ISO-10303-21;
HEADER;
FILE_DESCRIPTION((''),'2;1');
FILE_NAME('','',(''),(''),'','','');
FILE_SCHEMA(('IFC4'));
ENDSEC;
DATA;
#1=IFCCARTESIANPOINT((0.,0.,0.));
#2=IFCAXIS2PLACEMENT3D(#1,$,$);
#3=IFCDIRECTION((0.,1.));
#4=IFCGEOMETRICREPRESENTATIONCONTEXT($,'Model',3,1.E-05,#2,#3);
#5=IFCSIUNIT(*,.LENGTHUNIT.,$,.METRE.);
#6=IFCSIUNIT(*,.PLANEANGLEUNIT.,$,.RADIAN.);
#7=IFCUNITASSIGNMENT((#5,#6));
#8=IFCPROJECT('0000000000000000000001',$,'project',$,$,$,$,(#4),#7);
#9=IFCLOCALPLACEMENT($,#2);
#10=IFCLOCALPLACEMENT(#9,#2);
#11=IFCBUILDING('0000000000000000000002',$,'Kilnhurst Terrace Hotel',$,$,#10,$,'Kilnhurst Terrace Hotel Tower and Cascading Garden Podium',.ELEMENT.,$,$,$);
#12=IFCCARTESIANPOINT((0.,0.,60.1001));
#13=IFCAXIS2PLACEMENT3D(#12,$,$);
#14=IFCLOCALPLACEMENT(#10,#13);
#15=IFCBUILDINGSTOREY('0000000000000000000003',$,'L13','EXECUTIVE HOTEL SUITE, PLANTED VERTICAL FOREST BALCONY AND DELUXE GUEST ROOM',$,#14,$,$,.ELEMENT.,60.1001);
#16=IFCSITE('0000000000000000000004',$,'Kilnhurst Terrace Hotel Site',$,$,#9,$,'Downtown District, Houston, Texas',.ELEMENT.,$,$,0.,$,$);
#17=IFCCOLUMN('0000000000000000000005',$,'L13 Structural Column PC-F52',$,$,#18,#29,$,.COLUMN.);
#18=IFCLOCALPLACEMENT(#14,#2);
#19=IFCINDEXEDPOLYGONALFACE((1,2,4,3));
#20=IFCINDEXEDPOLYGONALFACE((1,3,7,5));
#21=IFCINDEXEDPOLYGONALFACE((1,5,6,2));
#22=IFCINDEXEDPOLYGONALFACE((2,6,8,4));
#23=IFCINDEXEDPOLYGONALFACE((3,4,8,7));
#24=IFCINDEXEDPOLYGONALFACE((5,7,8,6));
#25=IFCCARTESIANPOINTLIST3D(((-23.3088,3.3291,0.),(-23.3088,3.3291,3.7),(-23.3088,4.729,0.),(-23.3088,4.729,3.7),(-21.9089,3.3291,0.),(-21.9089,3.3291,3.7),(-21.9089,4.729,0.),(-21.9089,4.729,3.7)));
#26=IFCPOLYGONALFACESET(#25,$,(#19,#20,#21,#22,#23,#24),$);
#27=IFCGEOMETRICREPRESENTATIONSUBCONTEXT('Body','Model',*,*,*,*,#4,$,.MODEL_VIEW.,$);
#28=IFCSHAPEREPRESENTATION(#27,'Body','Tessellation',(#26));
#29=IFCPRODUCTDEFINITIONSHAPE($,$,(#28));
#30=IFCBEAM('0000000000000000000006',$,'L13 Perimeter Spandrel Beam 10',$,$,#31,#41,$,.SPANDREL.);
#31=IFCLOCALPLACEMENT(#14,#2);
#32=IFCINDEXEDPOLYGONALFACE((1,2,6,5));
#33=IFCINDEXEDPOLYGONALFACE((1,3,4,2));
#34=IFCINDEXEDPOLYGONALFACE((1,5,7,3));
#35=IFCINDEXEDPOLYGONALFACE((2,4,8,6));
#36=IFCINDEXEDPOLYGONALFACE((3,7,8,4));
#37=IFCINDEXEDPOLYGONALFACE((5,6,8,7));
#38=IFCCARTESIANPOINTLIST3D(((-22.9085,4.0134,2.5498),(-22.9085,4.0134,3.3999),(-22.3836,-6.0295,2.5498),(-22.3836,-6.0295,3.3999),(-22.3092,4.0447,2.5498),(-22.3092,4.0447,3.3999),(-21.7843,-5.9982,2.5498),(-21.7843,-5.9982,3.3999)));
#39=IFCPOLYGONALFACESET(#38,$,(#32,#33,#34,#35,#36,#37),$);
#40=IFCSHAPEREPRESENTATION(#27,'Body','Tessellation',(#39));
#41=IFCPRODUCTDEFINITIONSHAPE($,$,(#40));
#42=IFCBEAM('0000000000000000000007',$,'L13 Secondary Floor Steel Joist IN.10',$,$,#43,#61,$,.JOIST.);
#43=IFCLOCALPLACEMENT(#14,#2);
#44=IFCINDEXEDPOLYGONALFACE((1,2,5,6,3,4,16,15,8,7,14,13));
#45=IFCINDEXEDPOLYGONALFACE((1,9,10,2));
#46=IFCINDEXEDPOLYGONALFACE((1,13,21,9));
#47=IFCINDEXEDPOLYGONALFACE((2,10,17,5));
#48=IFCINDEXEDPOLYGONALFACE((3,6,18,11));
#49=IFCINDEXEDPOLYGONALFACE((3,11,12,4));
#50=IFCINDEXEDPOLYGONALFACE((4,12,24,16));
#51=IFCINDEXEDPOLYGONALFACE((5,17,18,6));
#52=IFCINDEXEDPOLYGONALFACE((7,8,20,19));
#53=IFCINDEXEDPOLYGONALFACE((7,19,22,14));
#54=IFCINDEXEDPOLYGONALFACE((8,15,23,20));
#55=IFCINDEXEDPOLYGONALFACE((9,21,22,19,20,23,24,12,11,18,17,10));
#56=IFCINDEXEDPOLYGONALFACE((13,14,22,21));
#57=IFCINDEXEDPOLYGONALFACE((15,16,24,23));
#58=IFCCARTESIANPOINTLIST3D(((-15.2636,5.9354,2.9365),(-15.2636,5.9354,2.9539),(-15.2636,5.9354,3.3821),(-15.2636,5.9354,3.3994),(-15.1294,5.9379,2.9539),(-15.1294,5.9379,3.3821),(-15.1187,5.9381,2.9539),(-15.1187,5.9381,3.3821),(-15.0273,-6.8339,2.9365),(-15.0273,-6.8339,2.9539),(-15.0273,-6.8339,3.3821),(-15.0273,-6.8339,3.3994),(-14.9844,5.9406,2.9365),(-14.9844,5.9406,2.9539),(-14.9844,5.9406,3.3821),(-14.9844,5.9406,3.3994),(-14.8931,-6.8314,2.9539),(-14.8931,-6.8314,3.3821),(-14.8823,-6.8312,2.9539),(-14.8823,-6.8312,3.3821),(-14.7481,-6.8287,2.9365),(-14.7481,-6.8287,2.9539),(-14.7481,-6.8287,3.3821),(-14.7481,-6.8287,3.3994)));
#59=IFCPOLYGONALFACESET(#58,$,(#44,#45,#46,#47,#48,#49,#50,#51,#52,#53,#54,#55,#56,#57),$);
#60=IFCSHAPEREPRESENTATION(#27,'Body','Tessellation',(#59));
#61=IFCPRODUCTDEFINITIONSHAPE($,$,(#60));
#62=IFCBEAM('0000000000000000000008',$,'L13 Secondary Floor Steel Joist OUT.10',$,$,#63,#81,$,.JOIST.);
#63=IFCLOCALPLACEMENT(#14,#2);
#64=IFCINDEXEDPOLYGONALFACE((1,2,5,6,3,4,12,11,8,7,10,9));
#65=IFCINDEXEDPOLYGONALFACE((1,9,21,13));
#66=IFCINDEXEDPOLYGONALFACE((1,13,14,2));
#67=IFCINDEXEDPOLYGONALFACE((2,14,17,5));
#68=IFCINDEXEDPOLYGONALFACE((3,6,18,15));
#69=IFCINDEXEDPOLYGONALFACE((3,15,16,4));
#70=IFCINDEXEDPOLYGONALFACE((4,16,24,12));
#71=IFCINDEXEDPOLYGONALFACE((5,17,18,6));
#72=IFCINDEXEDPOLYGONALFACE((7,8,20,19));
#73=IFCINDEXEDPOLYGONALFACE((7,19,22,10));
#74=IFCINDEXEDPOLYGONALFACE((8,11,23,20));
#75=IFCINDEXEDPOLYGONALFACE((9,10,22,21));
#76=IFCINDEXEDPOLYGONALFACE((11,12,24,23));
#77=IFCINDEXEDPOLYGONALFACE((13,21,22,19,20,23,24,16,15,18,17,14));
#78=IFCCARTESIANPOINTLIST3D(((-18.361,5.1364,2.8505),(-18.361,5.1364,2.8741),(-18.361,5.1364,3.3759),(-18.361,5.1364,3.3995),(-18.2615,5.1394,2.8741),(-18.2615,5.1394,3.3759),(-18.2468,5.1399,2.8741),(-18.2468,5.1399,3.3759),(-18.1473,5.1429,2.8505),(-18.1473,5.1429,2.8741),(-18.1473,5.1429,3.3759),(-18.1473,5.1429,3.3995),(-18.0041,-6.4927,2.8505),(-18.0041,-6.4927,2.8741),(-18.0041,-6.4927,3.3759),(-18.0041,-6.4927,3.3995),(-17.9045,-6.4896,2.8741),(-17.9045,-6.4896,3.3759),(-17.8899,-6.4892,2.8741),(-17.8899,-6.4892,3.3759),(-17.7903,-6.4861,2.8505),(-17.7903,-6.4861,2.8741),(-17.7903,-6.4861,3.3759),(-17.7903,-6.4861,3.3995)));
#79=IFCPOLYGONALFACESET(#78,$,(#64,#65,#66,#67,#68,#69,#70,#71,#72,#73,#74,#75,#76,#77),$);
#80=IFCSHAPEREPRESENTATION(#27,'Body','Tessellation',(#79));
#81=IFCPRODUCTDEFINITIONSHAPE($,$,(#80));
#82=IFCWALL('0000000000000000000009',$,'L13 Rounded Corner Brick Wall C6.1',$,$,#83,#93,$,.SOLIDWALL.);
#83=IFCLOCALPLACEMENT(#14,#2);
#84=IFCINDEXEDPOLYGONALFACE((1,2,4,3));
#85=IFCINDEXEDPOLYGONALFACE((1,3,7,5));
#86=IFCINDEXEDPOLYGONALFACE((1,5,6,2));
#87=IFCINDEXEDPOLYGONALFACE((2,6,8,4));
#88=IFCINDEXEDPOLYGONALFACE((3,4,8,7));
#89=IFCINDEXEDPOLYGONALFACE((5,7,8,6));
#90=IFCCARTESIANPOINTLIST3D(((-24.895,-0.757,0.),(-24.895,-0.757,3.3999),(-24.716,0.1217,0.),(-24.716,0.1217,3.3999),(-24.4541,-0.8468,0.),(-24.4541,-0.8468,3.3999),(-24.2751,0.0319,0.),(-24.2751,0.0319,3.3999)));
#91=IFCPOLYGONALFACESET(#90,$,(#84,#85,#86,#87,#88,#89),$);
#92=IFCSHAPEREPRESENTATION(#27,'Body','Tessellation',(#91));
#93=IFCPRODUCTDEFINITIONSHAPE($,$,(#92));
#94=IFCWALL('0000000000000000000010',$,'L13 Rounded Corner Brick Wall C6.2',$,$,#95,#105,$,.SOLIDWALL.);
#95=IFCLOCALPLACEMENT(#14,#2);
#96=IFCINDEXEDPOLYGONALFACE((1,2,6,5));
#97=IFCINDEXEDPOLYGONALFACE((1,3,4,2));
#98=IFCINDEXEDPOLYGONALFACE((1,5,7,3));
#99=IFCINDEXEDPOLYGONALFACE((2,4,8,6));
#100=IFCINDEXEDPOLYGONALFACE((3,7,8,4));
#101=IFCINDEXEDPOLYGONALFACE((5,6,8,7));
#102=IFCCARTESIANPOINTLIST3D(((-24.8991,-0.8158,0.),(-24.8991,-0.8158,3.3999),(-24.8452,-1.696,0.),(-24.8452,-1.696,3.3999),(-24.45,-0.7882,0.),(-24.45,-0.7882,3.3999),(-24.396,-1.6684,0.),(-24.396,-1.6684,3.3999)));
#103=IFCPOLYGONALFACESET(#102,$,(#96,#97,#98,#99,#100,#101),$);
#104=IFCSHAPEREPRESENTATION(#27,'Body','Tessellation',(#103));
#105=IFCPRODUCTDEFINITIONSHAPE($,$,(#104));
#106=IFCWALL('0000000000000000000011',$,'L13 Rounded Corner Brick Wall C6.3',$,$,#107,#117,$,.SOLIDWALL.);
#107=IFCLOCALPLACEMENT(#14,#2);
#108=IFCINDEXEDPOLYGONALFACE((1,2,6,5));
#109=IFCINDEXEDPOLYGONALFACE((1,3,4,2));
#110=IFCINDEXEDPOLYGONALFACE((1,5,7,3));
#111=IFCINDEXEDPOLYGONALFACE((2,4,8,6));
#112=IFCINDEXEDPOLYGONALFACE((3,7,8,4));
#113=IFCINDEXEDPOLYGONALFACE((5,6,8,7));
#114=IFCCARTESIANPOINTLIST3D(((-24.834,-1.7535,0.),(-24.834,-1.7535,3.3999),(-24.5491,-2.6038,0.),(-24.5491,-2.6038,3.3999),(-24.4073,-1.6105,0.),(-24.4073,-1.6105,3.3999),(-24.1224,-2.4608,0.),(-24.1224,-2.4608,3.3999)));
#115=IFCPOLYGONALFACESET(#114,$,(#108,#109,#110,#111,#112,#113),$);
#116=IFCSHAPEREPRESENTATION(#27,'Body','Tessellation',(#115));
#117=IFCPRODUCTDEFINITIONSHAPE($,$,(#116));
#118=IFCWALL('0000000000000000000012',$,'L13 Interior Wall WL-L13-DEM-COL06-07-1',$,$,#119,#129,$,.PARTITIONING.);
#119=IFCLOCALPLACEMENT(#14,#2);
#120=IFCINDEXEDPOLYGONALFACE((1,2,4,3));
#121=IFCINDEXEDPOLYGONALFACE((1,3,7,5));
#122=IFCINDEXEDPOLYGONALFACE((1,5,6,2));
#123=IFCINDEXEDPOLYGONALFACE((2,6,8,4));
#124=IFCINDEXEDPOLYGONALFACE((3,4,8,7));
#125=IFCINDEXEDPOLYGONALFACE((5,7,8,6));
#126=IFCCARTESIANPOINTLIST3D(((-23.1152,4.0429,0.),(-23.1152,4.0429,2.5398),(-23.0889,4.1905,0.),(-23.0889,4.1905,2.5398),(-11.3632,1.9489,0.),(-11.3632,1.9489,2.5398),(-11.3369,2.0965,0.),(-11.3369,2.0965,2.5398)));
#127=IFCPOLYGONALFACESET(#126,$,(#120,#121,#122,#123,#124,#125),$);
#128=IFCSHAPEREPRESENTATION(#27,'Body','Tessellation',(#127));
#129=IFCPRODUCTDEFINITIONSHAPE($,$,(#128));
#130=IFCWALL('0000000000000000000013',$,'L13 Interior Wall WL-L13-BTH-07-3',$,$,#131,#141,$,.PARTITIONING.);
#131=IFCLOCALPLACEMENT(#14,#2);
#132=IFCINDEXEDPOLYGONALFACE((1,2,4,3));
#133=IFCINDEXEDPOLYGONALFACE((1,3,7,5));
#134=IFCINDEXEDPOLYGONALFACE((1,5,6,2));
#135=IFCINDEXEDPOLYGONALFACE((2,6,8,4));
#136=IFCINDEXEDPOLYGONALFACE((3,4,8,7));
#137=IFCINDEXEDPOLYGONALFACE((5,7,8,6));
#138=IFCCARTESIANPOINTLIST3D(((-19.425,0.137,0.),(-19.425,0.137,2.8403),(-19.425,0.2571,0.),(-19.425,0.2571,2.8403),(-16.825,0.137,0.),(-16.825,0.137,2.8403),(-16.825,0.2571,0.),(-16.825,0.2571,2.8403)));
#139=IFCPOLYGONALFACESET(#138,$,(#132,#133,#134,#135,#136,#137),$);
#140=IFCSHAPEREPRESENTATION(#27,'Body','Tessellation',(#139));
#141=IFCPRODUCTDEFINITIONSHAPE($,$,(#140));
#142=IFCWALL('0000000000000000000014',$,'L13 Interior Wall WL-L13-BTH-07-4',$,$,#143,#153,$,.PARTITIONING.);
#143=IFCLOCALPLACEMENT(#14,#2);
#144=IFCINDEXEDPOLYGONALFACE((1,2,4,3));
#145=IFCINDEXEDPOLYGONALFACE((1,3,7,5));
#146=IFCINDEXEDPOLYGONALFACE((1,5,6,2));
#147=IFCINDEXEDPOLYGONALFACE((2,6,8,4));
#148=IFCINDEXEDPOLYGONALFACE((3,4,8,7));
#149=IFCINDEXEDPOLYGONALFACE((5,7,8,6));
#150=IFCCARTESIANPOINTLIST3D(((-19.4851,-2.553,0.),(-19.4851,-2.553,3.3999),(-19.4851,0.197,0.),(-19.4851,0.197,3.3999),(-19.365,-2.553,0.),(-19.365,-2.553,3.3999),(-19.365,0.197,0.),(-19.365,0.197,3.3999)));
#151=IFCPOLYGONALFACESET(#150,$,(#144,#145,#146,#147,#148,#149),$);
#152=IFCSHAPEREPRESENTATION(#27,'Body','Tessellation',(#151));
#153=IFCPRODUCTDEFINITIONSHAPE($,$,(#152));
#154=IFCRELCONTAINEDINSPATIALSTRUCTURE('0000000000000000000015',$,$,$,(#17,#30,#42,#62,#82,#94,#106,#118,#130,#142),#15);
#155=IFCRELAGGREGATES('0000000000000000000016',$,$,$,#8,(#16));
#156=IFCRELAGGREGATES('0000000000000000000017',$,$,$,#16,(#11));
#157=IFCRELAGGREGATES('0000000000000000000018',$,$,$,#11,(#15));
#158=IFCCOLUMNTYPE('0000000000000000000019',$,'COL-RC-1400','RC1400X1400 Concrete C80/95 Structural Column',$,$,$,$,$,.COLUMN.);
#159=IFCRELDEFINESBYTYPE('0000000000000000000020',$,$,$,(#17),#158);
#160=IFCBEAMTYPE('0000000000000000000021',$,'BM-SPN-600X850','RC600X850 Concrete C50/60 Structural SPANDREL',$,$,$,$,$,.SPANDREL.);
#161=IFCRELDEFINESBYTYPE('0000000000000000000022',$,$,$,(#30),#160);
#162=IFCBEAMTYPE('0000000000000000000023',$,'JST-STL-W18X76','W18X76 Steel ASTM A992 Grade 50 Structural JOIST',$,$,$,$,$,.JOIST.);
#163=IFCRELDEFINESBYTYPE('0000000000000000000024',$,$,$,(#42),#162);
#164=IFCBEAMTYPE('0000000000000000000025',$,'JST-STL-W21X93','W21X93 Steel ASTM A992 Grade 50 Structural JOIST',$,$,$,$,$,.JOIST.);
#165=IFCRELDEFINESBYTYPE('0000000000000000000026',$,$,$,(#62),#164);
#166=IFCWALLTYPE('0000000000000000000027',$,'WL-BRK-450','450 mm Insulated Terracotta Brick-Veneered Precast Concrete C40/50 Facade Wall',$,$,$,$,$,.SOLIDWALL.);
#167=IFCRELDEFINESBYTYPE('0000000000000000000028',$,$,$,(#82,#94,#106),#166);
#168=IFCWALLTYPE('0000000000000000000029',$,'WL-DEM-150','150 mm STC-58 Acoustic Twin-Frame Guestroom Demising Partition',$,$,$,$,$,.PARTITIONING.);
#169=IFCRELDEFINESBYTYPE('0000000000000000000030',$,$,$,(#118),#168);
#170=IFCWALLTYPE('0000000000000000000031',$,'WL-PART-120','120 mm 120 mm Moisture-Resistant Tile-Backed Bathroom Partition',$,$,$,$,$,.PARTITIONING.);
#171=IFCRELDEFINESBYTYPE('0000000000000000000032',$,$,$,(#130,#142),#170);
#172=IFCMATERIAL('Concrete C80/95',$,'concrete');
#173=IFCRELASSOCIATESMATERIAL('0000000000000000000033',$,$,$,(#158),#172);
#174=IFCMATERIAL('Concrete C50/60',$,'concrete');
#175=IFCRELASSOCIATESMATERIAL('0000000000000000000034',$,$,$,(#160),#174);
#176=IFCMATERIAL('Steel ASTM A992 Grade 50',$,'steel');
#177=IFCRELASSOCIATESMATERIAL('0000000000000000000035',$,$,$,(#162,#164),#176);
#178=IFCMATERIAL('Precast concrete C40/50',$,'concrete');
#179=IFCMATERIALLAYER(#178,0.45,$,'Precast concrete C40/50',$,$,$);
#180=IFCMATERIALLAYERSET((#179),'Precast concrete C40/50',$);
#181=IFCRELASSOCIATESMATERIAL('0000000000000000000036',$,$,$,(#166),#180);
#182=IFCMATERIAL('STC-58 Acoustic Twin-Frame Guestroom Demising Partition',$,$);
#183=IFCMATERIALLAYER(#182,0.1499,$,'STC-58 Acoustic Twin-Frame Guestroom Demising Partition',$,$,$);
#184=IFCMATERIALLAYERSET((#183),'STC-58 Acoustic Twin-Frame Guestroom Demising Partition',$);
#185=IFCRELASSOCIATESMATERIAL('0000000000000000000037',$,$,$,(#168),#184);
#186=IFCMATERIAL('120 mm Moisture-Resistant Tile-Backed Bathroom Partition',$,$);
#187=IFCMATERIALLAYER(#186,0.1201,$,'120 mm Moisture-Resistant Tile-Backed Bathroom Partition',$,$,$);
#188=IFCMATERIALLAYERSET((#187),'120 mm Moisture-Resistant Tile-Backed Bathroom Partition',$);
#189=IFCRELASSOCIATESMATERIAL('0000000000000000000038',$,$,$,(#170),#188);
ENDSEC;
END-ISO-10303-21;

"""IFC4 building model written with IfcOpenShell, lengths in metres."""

from ifc_helpers import new_model, si_unit, direction, frame, frame_2d, origin, origin_2d, place, context, subcontext, project, spatial, rectangle, i_section, extrude, material, layer, layer_set, material_profile, profile_set, type_object, element, save


model = new_model("IFC4")

# Units and contexts
model_context = context("Model", 3, precision=1e-05, world=origin(), true_north=direction((0.0, 1.0)))
body_context = subcontext(model_context, "Body", "Model", "MODEL_VIEW")
ifc_project = project(units=[si_unit("LENGTHUNIT", "METRE"), si_unit("PLANEANGLEUNIT", "RADIAN")], contexts=[model_context])

# Site, building, storey
site_placement = place(None, origin())
site = spatial("IfcSite", under=ifc_project, at=site_placement, Name="Kilnhurst Terrace Hotel Site", LongName="Downtown District, Houston, Texas", CompositionType="ELEMENT", RefElevation=0.0)
building_placement = place(site_placement, origin())
building = spatial("IfcBuilding", under=site, at=building_placement, Name="Kilnhurst Terrace Hotel", LongName="Kilnhurst Terrace Hotel Tower and Cascading Garden Podium", CompositionType="ELEMENT")
storey_placement = place(building_placement, frame((0.0, 0.0, 60.1001)))
storey = spatial("IfcBuildingStorey", under=building, at=storey_placement, Name="L13", Description="EXECUTIVE HOTEL SUITE, PLANTED VERTICAL FOREST BALCONY AND DELUXE GUEST ROOM", CompositionType="ELEMENT", Elevation=60.1001)

# Column
ifc_material_1 = material(Name="Concrete C80/95", Category="concrete")
ifc_material_profile_1 = material_profile(ifc_material_1, rectangle(XDim=1.3999, YDim=1.3999, at=origin_2d()), Name="RC1400X1400")
ifc_profile_set_1 = profile_set([ifc_material_profile_1], Name="Concrete C80/95")
column_type = type_object("IfcColumnType", Name="COL-RC-1400", Description="RC1400X1400 Concrete C80/95 Structural Column", PredefinedType="COLUMN", material=ifc_profile_set_1)
column_placement = place(storey_placement, frame((-22.6089, 4.0291, 0.0), z_axis=(0.0, 0.0, 1.0), x_axis=(1.0, 0.0, 0.0)))
element("IfcColumn", 1, at=column_placement, inside=storey, type_object=column_type, Name="L13 Structural Column PC-F52", PredefinedType="COLUMN", context=body_context, shape_type="SweptSolid", body=[
    extrude(rectangle(XDim=1.3999, YDim=1.3999, at=origin_2d()), origin(), (0.0, 0.0, 1.0), 3.7),
])

# Beams
ifc_material_2 = material(Name="Concrete C50/60", Category="concrete")
ifc_material_profile_2 = material_profile(ifc_material_2, rectangle(XDim=0.6001, YDim=0.8501, at=origin_2d()), Name="RC600X850")
ifc_profile_set_2 = profile_set([ifc_material_profile_2], Name="Concrete C50/60")
beam_type_1 = type_object("IfcBeamType", Name="BM-SPN-600X850", Description="RC600X850 Concrete C50/60 Structural SPANDREL", PredefinedType="SPANDREL", material=ifc_profile_set_2)
beam_1_placement = place(storey_placement, frame((-22.6089, 4.0291, 2.9749), z_axis=(0.052194, -0.998637, 0.0), x_axis=(0.998637, 0.052194, 0.0)))
element("IfcBeam", 2, at=beam_1_placement, inside=storey, type_object=beam_type_1, Name="L13 Perimeter Spandrel Beam 10", PredefinedType="SPANDREL", context=body_context, shape_type="SweptSolid", body=[
    extrude(rectangle(XDim=0.6001, YDim=0.8501, at=origin_2d()), origin(), (0.0, 0.0, 1.0), 10.0566),
])
ifc_material_3 = material(Name="Steel ASTM A992 Grade 50", Category="steel")
ifc_material_profile_3 = material_profile(ifc_material_3, i_section(OverallWidth=0.2793, OverallDepth=0.4629, WebThickness=0.0107, FlangeThickness=0.0173, at=origin_2d()), Name="W18X76")
ifc_profile_set_3 = profile_set([ifc_material_profile_3], Name="Steel ASTM A992 Grade 50")
beam_type_2 = type_object("IfcBeamType", Name="JST-STL-W18X76", Description="W18X76 Steel ASTM A992 Grade 50 Structural JOIST", PredefinedType="JOIST", material=ifc_profile_set_3)
beam_2_placement = place(storey_placement, frame((-15.124, 5.938, 3.168), z_axis=(0.018504, -0.999829, 0.0), x_axis=(0.999829, 0.018504, 0.0)))
element("IfcBeam", 3, at=beam_2_placement, inside=storey, type_object=beam_type_2, Name="L13 Secondary Floor Steel Joist IN.10", PredefinedType="JOIST", context=body_context, shape_type="SweptSolid", body=[
    extrude(i_section(OverallWidth=0.2793, OverallDepth=0.4629, WebThickness=0.0107, FlangeThickness=0.0173, at=origin_2d()), origin(), (0.0, 0.0, 1.0), 12.7715),
])
ifc_material_profile_4 = material_profile(ifc_material_3, i_section(OverallWidth=0.2139, OverallDepth=0.5491, WebThickness=0.0146, FlangeThickness=0.0237, at=origin_2d()), Name="W21X93")
ifc_profile_set_4 = profile_set([ifc_material_profile_4], Name="Steel ASTM A992 Grade 50")
beam_type_3 = type_object("IfcBeamType", Name="JST-STL-W21X93", Description="W21X93 Steel ASTM A992 Grade 50 Structural JOIST", PredefinedType="JOIST", material=ifc_profile_set_4)
beam_3_placement = place(storey_placement, frame((-18.2542, 5.1396, 3.125), z_axis=(0.030679, -0.999529, 0.0), x_axis=(0.999529, 0.030679, 0.0)))
element("IfcBeam", 4, at=beam_3_placement, inside=storey, type_object=beam_type_3, Name="L13 Secondary Floor Steel Joist OUT.10", PredefinedType="JOIST", context=body_context, shape_type="SweptSolid", body=[
    extrude(i_section(OverallWidth=0.2139, OverallDepth=0.5491, WebThickness=0.0146, FlangeThickness=0.0237, at=origin_2d()), origin(), (0.0, 0.0, 1.0), 11.6345),
])

# Walls
ifc_material_4 = material(Name="Precast concrete C40/50", Category="concrete")
ifc_layer_1 = layer(ifc_material_4, 0.45, Name="Precast concrete C40/50")
ifc_layer_set_1 = layer_set([ifc_layer_1], Name="Precast concrete C40/50")
wall_type_1 = type_object("IfcWallType", Name="WL-BRK-450", Description="450 mm Insulated Terracotta Brick-Veneered Precast Concrete C40/50 Facade Wall", PredefinedType="SOLIDWALL", material=ifc_layer_set_1)
wall_1_placement = place(storey_placement, frame((-24.4956, 0.0767, 0.0), z_axis=(0.0, 0.0, 1.0), x_axis=(-0.199571, -0.979883, 0.0)))
element("IfcWall", 5, at=wall_1_placement, inside=storey, type_object=wall_type_1, Name="L13 Rounded Corner Brick Wall C6.1", PredefinedType="SOLIDWALL", context=body_context, shape_type="SweptSolid", body=[
    extrude(rectangle(XDim=0.8967, YDim=0.45, at=frame_2d((0.4482, 0.0))), origin(), (0.0, 0.0, 1.0), 3.3999),
])
wall_2_placement = place(storey_placement, frame((-24.6746, -0.802, 0.0), z_axis=(0.0, 0.0, 1.0), x_axis=(0.061189, -0.998126, 0.0)))
element("IfcWall", 6, at=wall_2_placement, inside=storey, type_object=wall_type_1, Name="L13 Rounded Corner Brick Wall C6.2", PredefinedType="SOLIDWALL", context=body_context, shape_type="SweptSolid", body=[
    extrude(rectangle(XDim=0.8818, YDim=0.45, at=frame_2d((0.4409, 0.0))), origin(), (0.0, 0.0, 1.0), 3.3999),
])
wall_3_placement = place(storey_placement, frame((-24.6206, -1.6821, 0.0), z_axis=(0.0, 0.0, 1.0), x_axis=(0.317697, -0.948192, 0.0)))
element("IfcWall", 7, at=wall_3_placement, inside=storey, type_object=wall_type_1, Name="L13 Rounded Corner Brick Wall C6.3", PredefinedType="SOLIDWALL", context=body_context, shape_type="SweptSolid", body=[
    extrude(rectangle(XDim=0.8967, YDim=0.45, at=frame_2d((0.4482, 0.0))), origin(), (0.0, 0.0, 1.0), 3.3999),
])
ifc_material_5 = material(Name="STC-58 Acoustic Twin-Frame Guestroom Demising Partition")
ifc_layer_2 = layer(ifc_material_5, 0.1499, Name="STC-58 Acoustic Twin-Frame Guestroom Demising Partition")
ifc_layer_set_2 = layer_set([ifc_layer_2], Name="STC-58 Acoustic Twin-Frame Guestroom Demising Partition")
wall_type_2 = type_object("IfcWallType", Name="WL-DEM-150", Description="150 mm STC-58 Acoustic Twin-Frame Guestroom Demising Partition", PredefinedType="PARTITIONING", material=ifc_layer_set_2)
wall_4_placement = place(storey_placement, frame((-11.3501, 2.0227, 0.0), z_axis=(0.0, 0.0, 1.0), x_axis=(-0.984494, 0.17542, 0.0)))
element("IfcWall", 8, at=wall_4_placement, inside=storey, type_object=wall_type_2, Name="L13 Interior Wall WL-L13-DEM-COL06-07-1", PredefinedType="PARTITIONING", context=body_context, shape_type="SweptSolid", body=[
    extrude(rectangle(XDim=11.937, YDim=0.1499, at=frame_2d((5.9685, 0.0))), origin(), (0.0, 0.0, 1.0), 2.5398),
])
ifc_material_6 = material(Name="120 mm Moisture-Resistant Tile-Backed Bathroom Partition")
ifc_layer_3 = layer(ifc_material_6, 0.1201, Name="120 mm Moisture-Resistant Tile-Backed Bathroom Partition")
ifc_layer_set_3 = layer_set([ifc_layer_3], Name="120 mm Moisture-Resistant Tile-Backed Bathroom Partition")
wall_type_3 = type_object("IfcWallType", Name="WL-PART-120", Description="120 mm 120 mm Moisture-Resistant Tile-Backed Bathroom Partition", PredefinedType="PARTITIONING", material=ifc_layer_set_3)
wall_5_placement = place(storey_placement, frame((-16.825, 0.197, 0.0), z_axis=(0.0, 0.0, 1.0), x_axis=(-1.0, 0.0, 0.0)))
element("IfcWall", 9, at=wall_5_placement, inside=storey, type_object=wall_type_3, Name="L13 Interior Wall WL-L13-BTH-07-3", PredefinedType="PARTITIONING", context=body_context, shape_type="SweptSolid", body=[
    extrude(rectangle(XDim=2.6001, YDim=0.1201, at=frame_2d((1.3, 0.0))), origin(), (0.0, 0.0, 1.0), 2.8403),
])
wall_6_placement = place(storey_placement, frame((-19.425, 0.197, 0.0), z_axis=(0.0, 0.0, 1.0), x_axis=(0.0, -1.0, 0.0)))
element("IfcWall", 10, at=wall_6_placement, inside=storey, type_object=wall_type_3, Name="L13 Interior Wall WL-L13-BTH-07-4", PredefinedType="PARTITIONING", context=body_context, shape_type="SweptSolid", body=[
    extrude(rectangle(XDim=2.75, YDim=0.1201, at=frame_2d((1.375, 0.0))), origin(), (0.0, 0.0, 1.0), 3.3999),
])

save(model, "model.ifc")
